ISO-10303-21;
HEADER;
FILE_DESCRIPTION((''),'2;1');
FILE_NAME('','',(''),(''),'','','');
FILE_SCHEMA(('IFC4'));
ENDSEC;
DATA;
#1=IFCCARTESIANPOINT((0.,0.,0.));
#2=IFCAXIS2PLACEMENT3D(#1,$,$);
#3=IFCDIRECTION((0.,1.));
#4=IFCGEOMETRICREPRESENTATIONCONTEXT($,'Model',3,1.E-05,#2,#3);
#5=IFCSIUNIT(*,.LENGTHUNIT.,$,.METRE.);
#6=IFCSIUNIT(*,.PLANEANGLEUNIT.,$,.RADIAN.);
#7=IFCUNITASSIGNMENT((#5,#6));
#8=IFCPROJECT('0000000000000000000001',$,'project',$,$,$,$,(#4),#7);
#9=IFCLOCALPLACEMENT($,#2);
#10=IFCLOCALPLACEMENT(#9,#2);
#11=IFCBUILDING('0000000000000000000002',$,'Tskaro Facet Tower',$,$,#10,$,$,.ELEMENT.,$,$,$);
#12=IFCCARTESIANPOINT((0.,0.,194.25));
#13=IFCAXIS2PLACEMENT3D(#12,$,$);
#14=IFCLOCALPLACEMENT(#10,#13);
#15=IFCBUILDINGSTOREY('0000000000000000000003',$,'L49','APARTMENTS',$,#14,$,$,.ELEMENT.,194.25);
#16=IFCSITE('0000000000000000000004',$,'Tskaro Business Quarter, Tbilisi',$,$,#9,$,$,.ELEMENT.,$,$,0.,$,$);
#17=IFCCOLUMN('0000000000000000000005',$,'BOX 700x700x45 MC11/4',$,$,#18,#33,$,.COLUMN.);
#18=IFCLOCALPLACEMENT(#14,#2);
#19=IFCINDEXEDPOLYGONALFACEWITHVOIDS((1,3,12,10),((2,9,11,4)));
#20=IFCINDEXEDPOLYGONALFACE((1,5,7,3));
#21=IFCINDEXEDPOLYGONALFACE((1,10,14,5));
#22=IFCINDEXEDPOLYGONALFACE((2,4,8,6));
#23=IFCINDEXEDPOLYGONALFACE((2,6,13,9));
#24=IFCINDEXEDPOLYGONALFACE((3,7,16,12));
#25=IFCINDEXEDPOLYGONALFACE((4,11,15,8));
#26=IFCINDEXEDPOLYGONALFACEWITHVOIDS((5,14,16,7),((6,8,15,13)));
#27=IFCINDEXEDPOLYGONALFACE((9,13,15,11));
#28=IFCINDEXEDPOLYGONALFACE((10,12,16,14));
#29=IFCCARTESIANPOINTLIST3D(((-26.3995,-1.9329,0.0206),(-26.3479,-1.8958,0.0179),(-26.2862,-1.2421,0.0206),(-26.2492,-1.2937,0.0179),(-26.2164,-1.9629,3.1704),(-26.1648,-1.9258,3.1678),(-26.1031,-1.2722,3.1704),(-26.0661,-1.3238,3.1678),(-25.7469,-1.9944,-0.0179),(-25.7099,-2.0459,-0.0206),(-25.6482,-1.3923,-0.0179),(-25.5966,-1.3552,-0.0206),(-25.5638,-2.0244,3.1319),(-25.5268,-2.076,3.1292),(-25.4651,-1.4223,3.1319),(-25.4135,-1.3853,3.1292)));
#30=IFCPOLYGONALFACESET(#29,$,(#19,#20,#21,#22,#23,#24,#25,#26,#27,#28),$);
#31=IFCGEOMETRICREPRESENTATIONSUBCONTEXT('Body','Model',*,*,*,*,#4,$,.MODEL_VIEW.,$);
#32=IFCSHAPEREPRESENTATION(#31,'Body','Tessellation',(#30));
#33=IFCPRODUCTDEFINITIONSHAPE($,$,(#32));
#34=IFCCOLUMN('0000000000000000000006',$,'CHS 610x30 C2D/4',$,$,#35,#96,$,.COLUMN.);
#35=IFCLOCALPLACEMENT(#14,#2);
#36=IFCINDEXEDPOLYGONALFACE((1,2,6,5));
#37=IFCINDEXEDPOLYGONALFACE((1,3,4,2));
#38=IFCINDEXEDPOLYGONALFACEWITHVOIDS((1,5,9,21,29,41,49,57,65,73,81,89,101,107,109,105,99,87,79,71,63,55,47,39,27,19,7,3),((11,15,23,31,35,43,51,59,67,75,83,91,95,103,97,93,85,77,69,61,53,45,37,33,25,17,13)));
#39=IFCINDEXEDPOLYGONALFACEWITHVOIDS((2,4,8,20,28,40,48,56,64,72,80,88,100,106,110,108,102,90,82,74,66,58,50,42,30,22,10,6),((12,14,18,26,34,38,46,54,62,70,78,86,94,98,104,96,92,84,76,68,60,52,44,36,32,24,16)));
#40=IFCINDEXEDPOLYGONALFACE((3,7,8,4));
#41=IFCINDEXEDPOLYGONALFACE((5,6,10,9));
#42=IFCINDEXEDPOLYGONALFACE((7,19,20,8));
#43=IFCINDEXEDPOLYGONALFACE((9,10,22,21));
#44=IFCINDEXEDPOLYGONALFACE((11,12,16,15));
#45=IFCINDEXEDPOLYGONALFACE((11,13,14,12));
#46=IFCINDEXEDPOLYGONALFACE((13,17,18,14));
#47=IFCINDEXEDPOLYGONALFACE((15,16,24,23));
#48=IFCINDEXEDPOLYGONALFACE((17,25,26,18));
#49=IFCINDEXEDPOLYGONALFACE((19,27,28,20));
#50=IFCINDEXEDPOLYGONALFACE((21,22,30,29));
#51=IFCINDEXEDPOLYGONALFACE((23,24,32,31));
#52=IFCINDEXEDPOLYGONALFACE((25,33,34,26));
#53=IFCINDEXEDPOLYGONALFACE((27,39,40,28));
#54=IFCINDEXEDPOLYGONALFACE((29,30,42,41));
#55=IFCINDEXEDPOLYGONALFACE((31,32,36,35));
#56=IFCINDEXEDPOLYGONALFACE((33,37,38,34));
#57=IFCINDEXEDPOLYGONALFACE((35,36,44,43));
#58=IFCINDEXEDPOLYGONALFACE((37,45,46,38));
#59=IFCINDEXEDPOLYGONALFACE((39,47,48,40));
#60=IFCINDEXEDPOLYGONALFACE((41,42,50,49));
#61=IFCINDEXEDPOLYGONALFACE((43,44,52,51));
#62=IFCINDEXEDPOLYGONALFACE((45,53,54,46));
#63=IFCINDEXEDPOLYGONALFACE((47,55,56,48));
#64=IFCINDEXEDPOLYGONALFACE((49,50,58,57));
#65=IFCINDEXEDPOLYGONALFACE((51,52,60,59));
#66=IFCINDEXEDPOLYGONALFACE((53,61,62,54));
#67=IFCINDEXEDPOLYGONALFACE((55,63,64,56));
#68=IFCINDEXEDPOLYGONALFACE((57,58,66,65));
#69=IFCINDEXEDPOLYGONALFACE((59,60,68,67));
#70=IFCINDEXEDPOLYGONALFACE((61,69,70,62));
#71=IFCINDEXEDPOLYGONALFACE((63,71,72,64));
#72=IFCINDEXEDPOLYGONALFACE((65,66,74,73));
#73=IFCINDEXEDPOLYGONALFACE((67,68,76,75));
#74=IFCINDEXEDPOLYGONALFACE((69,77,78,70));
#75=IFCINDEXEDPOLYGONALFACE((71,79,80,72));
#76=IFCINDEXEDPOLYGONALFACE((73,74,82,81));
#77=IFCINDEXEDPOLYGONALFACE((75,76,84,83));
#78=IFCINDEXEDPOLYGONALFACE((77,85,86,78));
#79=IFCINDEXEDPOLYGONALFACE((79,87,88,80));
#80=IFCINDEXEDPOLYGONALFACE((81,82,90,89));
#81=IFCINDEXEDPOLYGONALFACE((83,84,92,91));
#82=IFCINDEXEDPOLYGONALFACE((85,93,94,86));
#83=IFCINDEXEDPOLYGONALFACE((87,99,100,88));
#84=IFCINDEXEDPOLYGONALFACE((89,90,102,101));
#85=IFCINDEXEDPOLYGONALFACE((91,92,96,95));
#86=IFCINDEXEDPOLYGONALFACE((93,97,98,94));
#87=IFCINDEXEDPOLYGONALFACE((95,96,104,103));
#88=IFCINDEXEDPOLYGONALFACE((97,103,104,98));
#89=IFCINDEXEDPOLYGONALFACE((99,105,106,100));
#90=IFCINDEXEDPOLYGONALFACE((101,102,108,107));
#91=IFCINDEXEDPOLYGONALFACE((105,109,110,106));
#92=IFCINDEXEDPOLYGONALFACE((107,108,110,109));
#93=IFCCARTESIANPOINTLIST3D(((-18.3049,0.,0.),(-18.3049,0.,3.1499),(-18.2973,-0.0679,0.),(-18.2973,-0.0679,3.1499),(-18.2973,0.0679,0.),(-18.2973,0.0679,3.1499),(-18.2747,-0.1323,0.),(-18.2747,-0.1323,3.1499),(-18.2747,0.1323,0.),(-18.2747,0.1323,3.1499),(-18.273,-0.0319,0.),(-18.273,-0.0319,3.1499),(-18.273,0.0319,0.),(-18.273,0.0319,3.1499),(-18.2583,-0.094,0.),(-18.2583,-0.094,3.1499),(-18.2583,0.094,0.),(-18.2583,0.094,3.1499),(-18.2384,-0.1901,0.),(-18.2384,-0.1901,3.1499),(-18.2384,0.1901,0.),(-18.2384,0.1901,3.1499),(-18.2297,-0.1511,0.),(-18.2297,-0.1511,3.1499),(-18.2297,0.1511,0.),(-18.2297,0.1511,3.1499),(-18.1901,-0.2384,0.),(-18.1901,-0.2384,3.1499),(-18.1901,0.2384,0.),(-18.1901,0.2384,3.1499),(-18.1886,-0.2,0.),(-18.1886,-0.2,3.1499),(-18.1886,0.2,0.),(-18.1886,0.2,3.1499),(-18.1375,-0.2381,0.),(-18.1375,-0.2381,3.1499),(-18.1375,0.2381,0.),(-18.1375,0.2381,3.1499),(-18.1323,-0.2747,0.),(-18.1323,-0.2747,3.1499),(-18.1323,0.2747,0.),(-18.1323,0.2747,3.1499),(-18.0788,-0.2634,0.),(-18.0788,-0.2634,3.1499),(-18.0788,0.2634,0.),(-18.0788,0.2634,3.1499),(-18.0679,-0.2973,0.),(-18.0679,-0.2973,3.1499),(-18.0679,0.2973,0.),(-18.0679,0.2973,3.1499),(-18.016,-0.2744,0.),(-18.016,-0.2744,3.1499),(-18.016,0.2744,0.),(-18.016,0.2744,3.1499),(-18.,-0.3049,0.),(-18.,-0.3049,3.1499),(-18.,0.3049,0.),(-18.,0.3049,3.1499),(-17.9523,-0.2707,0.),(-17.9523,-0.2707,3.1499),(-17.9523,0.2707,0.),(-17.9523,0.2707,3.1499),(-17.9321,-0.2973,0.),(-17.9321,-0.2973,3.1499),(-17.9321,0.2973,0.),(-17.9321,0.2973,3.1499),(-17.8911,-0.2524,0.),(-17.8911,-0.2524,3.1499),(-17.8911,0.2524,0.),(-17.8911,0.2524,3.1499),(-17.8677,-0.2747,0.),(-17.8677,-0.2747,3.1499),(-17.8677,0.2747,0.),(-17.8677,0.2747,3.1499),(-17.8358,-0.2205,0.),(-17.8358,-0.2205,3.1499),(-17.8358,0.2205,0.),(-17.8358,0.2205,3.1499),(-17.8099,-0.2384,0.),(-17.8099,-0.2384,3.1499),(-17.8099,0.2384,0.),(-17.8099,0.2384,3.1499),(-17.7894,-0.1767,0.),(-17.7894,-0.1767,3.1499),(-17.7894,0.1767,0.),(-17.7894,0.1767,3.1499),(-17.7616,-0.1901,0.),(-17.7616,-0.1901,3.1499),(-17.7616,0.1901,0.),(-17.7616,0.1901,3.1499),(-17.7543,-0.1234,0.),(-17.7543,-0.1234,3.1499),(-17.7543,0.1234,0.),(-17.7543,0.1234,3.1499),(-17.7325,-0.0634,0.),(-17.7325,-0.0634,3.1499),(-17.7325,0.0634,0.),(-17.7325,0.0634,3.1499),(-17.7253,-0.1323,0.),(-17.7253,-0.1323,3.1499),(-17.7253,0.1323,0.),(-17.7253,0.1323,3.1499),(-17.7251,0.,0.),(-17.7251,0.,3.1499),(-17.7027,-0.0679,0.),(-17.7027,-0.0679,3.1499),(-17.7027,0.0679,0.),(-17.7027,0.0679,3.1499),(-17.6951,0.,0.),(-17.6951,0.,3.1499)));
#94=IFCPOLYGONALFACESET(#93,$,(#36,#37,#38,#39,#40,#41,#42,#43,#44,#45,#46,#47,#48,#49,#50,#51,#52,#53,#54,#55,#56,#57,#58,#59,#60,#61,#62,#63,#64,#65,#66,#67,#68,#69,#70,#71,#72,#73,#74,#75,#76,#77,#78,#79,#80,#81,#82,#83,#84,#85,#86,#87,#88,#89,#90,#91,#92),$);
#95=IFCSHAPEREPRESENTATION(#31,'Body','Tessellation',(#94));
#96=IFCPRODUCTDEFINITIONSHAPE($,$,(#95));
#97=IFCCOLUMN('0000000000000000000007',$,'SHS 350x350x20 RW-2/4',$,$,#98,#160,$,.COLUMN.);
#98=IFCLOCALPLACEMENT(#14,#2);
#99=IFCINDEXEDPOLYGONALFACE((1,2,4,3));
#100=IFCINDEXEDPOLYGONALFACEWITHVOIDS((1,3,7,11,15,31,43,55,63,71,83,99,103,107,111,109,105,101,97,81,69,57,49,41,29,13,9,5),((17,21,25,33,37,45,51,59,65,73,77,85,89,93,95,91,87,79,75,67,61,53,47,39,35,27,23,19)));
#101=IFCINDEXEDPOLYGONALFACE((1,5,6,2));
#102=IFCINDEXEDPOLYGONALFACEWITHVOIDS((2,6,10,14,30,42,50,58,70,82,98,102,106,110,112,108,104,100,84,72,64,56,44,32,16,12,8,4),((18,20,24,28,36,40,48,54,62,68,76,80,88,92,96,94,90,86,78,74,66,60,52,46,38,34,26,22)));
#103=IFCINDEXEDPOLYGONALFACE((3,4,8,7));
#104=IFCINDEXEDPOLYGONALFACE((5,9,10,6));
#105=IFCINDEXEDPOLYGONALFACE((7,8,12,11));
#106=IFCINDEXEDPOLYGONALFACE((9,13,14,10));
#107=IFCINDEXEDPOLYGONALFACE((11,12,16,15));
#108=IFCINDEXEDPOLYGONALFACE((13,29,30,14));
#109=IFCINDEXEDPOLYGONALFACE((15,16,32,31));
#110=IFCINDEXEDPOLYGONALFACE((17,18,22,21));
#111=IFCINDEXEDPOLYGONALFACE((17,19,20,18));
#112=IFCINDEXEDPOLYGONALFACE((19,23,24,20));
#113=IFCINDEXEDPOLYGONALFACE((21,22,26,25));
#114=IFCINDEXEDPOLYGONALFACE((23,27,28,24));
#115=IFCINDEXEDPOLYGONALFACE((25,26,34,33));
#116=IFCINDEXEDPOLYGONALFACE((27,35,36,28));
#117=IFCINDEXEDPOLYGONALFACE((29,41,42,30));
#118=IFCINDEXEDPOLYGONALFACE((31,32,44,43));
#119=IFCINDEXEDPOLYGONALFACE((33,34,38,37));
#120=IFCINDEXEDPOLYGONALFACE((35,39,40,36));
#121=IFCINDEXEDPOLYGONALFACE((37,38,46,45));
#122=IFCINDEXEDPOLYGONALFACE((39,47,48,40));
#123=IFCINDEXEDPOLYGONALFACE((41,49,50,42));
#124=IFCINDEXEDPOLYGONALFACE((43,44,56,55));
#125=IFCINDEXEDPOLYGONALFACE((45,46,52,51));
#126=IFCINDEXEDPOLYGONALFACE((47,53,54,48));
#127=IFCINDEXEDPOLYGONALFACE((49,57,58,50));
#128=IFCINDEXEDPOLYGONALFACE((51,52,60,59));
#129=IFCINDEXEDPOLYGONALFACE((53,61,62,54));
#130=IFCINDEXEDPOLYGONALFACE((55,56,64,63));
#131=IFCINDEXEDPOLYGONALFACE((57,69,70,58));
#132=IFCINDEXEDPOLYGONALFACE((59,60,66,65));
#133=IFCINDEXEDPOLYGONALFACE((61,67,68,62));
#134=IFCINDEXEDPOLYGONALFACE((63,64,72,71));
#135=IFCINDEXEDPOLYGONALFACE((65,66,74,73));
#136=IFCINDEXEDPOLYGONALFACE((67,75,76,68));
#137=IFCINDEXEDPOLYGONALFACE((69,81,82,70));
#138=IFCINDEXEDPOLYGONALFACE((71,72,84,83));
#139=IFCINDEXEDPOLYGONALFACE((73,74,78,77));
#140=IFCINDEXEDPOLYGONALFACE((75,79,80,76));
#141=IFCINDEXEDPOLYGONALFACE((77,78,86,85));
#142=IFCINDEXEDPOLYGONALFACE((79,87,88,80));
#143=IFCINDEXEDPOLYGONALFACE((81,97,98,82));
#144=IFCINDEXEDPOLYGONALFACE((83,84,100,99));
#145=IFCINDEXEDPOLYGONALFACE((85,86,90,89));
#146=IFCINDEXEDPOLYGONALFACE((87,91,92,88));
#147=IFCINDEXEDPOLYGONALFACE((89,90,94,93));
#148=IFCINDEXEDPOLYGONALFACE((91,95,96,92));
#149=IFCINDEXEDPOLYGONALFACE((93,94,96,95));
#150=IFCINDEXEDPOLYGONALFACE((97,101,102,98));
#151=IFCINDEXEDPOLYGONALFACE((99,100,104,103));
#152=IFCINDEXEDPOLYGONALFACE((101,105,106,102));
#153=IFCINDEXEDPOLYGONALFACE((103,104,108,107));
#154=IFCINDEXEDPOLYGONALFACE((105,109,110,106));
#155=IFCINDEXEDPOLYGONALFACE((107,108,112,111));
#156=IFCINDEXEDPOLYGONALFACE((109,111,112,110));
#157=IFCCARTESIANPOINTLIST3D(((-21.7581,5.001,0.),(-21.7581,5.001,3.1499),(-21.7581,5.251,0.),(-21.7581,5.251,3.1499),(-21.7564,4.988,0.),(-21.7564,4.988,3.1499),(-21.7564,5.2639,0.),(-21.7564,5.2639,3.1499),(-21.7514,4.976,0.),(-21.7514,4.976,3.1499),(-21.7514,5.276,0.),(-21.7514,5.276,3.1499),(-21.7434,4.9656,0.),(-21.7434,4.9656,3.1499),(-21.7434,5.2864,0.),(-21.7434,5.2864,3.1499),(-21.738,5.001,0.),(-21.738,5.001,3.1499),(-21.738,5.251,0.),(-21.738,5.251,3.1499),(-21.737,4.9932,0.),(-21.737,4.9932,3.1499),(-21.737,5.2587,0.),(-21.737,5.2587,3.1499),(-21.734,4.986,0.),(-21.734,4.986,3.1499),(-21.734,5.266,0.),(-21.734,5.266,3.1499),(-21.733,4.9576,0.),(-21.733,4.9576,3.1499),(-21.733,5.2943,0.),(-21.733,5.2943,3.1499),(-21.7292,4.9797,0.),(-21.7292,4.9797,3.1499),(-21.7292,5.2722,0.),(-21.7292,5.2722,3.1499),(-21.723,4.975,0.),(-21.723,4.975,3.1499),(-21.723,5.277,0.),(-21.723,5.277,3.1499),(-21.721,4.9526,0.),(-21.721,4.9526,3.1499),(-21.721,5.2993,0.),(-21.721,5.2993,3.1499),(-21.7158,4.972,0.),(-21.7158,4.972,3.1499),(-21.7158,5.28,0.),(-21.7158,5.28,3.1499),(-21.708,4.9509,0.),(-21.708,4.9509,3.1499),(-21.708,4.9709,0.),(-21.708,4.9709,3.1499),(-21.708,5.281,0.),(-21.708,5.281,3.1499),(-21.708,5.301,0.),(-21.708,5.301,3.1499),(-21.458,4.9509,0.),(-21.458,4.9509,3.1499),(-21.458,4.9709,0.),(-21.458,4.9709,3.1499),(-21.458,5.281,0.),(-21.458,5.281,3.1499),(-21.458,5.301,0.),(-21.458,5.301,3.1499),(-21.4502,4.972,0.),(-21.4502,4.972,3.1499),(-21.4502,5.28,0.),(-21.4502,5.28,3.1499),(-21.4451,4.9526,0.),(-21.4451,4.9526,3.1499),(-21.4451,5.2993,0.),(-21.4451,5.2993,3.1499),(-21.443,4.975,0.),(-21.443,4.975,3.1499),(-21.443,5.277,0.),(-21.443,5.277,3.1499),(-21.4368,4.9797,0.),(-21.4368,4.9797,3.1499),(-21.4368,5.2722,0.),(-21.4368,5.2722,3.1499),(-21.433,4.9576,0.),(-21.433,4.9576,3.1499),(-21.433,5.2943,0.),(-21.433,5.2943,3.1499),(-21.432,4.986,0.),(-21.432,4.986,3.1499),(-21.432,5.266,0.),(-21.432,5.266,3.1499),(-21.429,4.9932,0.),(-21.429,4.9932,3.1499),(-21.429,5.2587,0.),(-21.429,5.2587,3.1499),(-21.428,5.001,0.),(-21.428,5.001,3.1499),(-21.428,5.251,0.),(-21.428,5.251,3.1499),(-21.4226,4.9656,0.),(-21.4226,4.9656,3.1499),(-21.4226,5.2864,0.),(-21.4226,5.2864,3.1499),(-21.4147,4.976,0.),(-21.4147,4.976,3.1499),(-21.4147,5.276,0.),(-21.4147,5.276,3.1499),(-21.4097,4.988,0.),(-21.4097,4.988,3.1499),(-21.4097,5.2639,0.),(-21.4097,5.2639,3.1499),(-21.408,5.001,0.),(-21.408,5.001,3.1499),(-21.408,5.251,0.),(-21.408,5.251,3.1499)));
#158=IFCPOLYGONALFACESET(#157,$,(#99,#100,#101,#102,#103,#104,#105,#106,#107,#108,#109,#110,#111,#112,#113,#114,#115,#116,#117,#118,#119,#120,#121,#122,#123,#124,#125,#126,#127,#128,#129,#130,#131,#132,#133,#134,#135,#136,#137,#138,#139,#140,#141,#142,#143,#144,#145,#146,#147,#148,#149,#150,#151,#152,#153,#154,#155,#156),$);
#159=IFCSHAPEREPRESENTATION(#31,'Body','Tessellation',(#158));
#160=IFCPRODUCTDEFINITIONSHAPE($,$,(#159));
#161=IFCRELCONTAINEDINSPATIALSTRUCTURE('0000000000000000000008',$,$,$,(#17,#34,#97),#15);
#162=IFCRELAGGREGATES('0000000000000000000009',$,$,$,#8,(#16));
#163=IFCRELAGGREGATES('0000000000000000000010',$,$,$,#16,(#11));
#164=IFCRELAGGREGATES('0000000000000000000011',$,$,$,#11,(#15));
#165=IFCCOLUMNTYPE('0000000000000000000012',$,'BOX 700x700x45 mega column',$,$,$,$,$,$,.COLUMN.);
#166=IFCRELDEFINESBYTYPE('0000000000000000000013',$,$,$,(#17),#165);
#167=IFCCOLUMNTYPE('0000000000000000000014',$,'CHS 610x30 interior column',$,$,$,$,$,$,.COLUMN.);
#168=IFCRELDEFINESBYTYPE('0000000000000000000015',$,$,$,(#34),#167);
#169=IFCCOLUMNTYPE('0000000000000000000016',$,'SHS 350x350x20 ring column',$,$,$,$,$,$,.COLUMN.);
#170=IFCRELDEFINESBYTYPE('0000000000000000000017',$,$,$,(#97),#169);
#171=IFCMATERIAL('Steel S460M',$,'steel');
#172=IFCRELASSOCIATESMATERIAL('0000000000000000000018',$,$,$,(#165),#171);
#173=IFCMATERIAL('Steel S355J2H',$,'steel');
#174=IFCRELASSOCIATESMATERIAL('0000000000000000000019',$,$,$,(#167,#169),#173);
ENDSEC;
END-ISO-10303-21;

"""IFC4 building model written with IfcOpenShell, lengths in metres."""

from ifc_helpers import new_model, si_unit, direction, frame, origin, origin_2d, place, context, subcontext, project, spatial, hollow_rectangle, hollow_circle, extrude, material, material_profile, profile_set, type_object, element, save


model = new_model("IFC4")

# Units and contexts
model_context = context("Model", 3, precision=1e-05, world=origin(), true_north=direction((0.0, 1.0)))
body_context = subcontext(model_context, "Body", "Model", "MODEL_VIEW")
ifc_project = project(units=[si_unit("LENGTHUNIT", "METRE"), si_unit("PLANEANGLEUNIT", "RADIAN")], contexts=[model_context])

# Site, building, storey
site_placement = place(None, origin())
site = spatial("IfcSite", under=ifc_project, at=site_placement, Name="Tskaro Business Quarter, Tbilisi", CompositionType="ELEMENT", RefElevation=0.0)
building_placement = place(site_placement, origin())
building = spatial("IfcBuilding", under=site, at=building_placement, Name="Tskaro Facet Tower", CompositionType="ELEMENT")
storey_placement = place(building_placement, frame((0.0, 0.0, 194.25)))
storey = spatial("IfcBuildingStorey", under=building, at=storey_placement, Name="L49", Description="APARTMENTS", CompositionType="ELEMENT", Elevation=194.25)

# Columns
ifc_material_1 = material(Name="Steel S460M", Category="steel")
ifc_material_profile_1 = material_profile(ifc_material_1, hollow_rectangle(XDim=0.7, YDim=0.7, WallThickness=0.0449, at=origin_2d()), Name="BOX 700x700x45")
ifc_profile_set_1 = profile_set([ifc_material_profile_1], Name="Steel S460M")
column_type_1 = type_object("IfcColumnType", Name="BOX 700x700x45 mega column", PredefinedType="COLUMN", material=ifc_profile_set_1)
column_1_placement = place(storey_placement, frame((-25.998, -1.644, 0.0), z_axis=(0.05803, -0.009517, 0.998269), x_axis=(0.161838, 0.986817, 0.0)))
element("IfcColumn", 1, at=column_1_placement, inside=storey, type_object=column_type_1, Name="BOX 700x700x45 MC11/4", PredefinedType="COLUMN", context=body_context, shape_type="SweptSolid", body=[
    extrude(hollow_rectangle(XDim=0.7, YDim=0.7, WallThickness=0.0449, at=origin_2d()), origin(), (0.0, 0.0, 1.0), 3.1553),
])
ifc_material_2 = material(Name="Steel S355J2H", Category="steel")
ifc_material_profile_2 = material_profile(ifc_material_2, hollow_circle(Radius=0.3049, WallThickness=0.03, at=origin_2d()), Name="CHS 610x30")
ifc_profile_set_2 = profile_set([ifc_material_profile_2], Name="Steel S355J2H")
column_type_2 = type_object("IfcColumnType", Name="CHS 610x30 interior column", PredefinedType="COLUMN", material=ifc_profile_set_2)
column_2_placement = place(storey_placement, frame((-18.0, 0.0, 0.0), z_axis=(0.0, 0.0, 1.0), x_axis=(1.0, 0.0, 0.0)))
element("IfcColumn", 2, at=column_2_placement, inside=storey, type_object=column_type_2, Name="CHS 610x30 C2D/4", PredefinedType="COLUMN", context=body_context, shape_type="SweptSolid", body=[
    extrude(hollow_circle(Radius=0.3049, WallThickness=0.03, at=origin_2d()), origin(), (0.0, 0.0, 1.0), 3.1499),
])
ifc_material_profile_3 = material_profile(ifc_material_2, hollow_rectangle(XDim=0.3501, YDim=0.3501, WallThickness=0.02, InnerFilletRadius=0.03, OuterFilletRadius=0.05, at=origin_2d()), Name="SHS 350x350x20")
ifc_profile_set_3 = profile_set([ifc_material_profile_3], Name="Steel S355J2H")
column_type_3 = type_object("IfcColumnType", Name="SHS 350x350x20 ring column", PredefinedType="COLUMN", material=ifc_profile_set_3)
for number, where, z_axis, x_axis, name in (
    (3, (-21.583, 5.126, 0.0), (0.0, 0.0, 1.0), (1.0, 0.0, 0.0), "SHS 350x350x20 RW-2/4"),
):
    element("IfcColumn", number, at=place(storey_placement, frame(where, z_axis=z_axis, x_axis=x_axis)), inside=storey, type_object=column_type_3, Name=name, PredefinedType="COLUMN", context=body_context, shape_type="SweptSolid", body=[
        extrude(hollow_rectangle(XDim=0.3501, YDim=0.3501, WallThickness=0.02, InnerFilletRadius=0.03, OuterFilletRadius=0.05, at=origin_2d()), origin(), (0.0, 0.0, 1.0), 3.1499),
    ])

save(model, "model.ifc")
